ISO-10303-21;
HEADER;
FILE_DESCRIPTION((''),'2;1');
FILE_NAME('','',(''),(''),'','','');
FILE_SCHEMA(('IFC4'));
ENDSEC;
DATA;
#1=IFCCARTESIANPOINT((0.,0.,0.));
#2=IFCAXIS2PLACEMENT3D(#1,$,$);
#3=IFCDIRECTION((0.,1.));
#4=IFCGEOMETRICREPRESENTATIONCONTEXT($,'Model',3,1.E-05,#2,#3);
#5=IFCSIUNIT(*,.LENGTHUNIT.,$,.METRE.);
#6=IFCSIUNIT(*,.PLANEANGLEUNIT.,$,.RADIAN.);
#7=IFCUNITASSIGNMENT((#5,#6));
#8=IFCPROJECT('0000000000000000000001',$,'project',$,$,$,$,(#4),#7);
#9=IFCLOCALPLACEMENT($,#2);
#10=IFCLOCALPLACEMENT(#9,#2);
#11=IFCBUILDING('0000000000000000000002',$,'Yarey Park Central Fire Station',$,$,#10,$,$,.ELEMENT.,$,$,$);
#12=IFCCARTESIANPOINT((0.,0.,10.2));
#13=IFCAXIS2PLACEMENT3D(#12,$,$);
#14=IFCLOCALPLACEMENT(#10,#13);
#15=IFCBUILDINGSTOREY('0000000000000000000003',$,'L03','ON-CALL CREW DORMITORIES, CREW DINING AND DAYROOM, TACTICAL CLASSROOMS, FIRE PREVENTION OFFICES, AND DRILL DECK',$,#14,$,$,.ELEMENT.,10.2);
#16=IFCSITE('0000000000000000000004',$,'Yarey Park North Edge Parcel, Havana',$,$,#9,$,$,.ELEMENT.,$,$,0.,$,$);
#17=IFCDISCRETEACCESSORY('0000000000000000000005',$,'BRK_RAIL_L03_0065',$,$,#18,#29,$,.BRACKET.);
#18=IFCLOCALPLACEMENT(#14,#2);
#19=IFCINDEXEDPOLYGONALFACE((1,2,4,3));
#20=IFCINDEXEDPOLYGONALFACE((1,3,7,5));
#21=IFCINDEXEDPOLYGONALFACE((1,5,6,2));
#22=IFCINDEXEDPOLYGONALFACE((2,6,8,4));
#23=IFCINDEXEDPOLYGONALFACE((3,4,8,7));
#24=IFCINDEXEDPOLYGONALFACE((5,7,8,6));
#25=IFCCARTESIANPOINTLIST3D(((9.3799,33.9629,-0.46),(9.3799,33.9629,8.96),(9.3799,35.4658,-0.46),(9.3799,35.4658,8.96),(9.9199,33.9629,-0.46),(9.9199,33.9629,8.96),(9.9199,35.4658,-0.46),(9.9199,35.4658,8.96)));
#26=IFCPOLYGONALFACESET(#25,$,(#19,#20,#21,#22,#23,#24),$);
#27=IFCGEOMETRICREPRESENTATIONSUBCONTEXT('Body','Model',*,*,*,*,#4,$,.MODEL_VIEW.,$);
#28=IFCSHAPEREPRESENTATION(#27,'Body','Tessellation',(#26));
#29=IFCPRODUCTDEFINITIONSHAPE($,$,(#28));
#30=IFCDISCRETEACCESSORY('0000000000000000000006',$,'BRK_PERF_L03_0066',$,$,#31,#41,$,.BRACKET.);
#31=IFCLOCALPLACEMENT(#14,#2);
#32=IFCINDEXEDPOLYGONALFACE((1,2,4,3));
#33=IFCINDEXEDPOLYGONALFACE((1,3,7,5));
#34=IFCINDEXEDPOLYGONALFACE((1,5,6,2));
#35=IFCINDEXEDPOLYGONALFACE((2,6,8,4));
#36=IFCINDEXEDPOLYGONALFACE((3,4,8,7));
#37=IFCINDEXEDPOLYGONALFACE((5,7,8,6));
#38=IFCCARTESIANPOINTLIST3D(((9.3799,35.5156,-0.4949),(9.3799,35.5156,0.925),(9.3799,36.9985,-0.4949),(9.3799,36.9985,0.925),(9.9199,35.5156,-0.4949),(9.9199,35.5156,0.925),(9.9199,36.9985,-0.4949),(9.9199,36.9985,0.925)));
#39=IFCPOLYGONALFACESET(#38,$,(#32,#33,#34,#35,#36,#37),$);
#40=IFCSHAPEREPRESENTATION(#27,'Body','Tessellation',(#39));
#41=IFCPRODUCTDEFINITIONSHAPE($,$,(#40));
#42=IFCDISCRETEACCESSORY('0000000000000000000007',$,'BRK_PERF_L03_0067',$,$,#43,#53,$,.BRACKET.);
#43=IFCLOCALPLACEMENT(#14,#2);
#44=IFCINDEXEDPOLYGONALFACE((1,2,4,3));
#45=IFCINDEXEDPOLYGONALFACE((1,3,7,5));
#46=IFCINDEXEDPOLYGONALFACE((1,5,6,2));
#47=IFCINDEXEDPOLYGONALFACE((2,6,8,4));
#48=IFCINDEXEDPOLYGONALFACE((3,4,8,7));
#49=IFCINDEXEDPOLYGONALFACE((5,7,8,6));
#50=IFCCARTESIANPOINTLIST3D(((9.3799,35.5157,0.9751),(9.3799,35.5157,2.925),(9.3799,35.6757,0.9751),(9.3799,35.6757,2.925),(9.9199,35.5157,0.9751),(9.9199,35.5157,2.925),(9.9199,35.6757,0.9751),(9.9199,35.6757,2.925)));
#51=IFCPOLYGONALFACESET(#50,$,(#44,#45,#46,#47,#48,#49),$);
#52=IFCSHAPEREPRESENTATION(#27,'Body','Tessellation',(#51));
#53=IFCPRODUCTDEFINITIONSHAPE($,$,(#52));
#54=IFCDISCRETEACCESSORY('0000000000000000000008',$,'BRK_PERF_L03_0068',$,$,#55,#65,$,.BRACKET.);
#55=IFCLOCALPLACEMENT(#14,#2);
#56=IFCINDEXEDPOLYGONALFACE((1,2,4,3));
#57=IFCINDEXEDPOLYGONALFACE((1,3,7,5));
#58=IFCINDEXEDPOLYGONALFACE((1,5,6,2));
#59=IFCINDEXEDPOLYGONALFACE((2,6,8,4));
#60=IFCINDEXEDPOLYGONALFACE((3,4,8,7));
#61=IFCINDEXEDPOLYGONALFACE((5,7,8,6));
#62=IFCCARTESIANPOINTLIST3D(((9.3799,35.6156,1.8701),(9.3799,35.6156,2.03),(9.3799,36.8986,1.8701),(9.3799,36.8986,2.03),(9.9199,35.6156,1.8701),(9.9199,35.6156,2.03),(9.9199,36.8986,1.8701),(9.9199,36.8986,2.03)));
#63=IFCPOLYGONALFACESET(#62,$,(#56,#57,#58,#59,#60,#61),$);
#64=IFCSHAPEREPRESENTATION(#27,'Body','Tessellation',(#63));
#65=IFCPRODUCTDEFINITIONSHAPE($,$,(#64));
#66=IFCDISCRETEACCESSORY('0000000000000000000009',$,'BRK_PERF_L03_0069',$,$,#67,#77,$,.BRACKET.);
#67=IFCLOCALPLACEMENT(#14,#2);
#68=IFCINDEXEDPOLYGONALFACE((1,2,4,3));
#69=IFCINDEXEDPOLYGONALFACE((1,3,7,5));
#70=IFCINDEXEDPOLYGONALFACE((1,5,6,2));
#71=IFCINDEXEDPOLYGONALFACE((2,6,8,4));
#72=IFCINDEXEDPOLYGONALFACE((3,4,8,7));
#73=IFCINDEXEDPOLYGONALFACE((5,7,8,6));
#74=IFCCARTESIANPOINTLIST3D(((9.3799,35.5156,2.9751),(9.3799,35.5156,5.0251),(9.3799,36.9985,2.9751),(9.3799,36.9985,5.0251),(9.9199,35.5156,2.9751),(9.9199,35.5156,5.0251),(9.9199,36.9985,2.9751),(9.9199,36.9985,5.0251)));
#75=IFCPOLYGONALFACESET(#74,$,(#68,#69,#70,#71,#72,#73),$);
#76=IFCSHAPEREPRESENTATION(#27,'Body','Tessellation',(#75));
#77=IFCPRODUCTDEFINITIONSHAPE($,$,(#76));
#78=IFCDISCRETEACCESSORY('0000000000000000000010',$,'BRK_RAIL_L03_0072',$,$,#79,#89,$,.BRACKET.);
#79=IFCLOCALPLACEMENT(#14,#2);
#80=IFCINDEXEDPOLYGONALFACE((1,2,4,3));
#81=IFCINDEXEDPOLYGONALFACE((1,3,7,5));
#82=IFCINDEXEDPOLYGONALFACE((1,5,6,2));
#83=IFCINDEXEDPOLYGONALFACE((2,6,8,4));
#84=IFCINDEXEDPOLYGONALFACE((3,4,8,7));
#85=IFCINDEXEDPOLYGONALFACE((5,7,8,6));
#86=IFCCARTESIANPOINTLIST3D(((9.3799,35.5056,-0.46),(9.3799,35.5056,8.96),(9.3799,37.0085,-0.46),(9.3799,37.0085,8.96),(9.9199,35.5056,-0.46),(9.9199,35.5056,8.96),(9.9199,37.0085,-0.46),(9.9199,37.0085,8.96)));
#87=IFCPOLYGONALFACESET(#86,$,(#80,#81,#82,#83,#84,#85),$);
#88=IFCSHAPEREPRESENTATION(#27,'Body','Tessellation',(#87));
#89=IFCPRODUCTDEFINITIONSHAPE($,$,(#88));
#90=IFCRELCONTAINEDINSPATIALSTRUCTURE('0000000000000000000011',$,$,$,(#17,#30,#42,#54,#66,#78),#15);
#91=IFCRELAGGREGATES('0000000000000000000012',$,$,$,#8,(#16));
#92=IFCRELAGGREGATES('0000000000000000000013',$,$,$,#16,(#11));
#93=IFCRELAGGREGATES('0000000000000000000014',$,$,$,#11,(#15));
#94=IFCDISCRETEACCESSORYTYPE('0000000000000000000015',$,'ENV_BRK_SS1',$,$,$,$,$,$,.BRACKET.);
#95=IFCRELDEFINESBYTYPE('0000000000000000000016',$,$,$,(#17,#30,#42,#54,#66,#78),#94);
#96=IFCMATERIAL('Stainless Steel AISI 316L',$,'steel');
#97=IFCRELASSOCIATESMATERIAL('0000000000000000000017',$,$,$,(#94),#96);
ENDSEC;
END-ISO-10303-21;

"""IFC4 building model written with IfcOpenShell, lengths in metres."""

from ifc_helpers import new_model, si_unit, direction, frame, origin, origin_2d, place, context, subcontext, project, spatial, rectangle, extrude, material, type_object, element, save


model = new_model("IFC4")

# Units and contexts
model_context = context("Model", 3, precision=1e-05, world=origin(), true_north=direction((0.0, 1.0)))
body_context = subcontext(model_context, "Body", "Model", "MODEL_VIEW")
ifc_project = project(units=[si_unit("LENGTHUNIT", "METRE"), si_unit("PLANEANGLEUNIT", "RADIAN")], contexts=[model_context])

# Site, building, storey
site_placement = place(None, origin())
site = spatial("IfcSite", under=ifc_project, at=site_placement, Name="Yarey Park North Edge Parcel, Havana", CompositionType="ELEMENT", RefElevation=0.0)
building_placement = place(site_placement, origin())
building = spatial("IfcBuilding", under=site, at=building_placement, Name="Yarey Park Central Fire Station", CompositionType="ELEMENT")
storey_placement = place(building_placement, frame((0.0, 0.0, 10.2)))
storey = spatial("IfcBuildingStorey", under=building, at=storey_placement, Name="L03", Description="ON-CALL CREW DORMITORIES, CREW DINING AND DAYROOM, TACTICAL CLASSROOMS, FIRE PREVENTION OFFICES, AND DRILL DECK", CompositionType="ELEMENT", Elevation=10.2)

# Discrete accessories
ifc_material_1 = material(Name="Stainless Steel AISI 316L", Category="steel")
discrete_accessory_type = type_object("IfcDiscreteAccessoryType", Name="ENV_BRK_SS1", PredefinedType="BRACKET", material=ifc_material_1)
discrete_accessory_1_placement = place(storey_placement, frame((9.6499, 34.7144, -0.46), z_axis=(0.0, 0.0, 1.0), x_axis=(1.0, 0.0, 0.0)))
element("IfcDiscreteAccessory", 1, at=discrete_accessory_1_placement, inside=storey, type_object=discrete_accessory_type, Name="BRK_RAIL_L03_0065", PredefinedType="BRACKET", context=body_context, shape_type="SweptSolid", body=[
    extrude(rectangle(XDim=0.54, YDim=1.5029, at=origin_2d()), origin(), (0.0, 0.0, 1.0), 9.4199),
])
discrete_accessory_2_placement = place(storey_placement, frame((9.6499, 36.2571, -0.4949), z_axis=(0.0, 0.0, 1.0), x_axis=(1.0, 0.0, 0.0)))
element("IfcDiscreteAccessory", 2, at=discrete_accessory_2_placement, inside=storey, type_object=discrete_accessory_type, Name="BRK_PERF_L03_0066", PredefinedType="BRACKET", context=body_context, shape_type="SweptSolid", body=[
    extrude(rectangle(XDim=0.54, YDim=1.4829, at=origin_2d()), origin(), (0.0, 0.0, 1.0), 1.4199),
])
discrete_accessory_3_placement = place(storey_placement, frame((9.6499, 35.5957, 0.9751), z_axis=(0.0, 0.0, 1.0), x_axis=(1.0, 0.0, 0.0)))
element("IfcDiscreteAccessory", 3, at=discrete_accessory_3_placement, inside=storey, type_object=discrete_accessory_type, Name="BRK_PERF_L03_0067", PredefinedType="BRACKET", context=body_context, shape_type="SweptSolid", body=[
    extrude(rectangle(XDim=0.54, YDim=0.1599, at=origin_2d()), origin(), (0.0, 0.0, 1.0), 1.95),
])
discrete_accessory_4_placement = place(storey_placement, frame((9.6499, 36.2571, 1.8701), z_axis=(0.0, 0.0, 1.0), x_axis=(1.0, 0.0, 0.0)))
element("IfcDiscreteAccessory", 4, at=discrete_accessory_4_placement, inside=storey, type_object=discrete_accessory_type, Name="BRK_PERF_L03_0068", PredefinedType="BRACKET", context=body_context, shape_type="SweptSolid", body=[
    extrude(rectangle(XDim=0.54, YDim=1.283, at=origin_2d()), origin(), (0.0, 0.0, 1.0), 0.1599),
])
discrete_accessory_5_placement = place(storey_placement, frame((9.6499, 36.2571, 2.9751), z_axis=(0.0, 0.0, 1.0), x_axis=(1.0, 0.0, 0.0)))
element("IfcDiscreteAccessory", 5, at=discrete_accessory_5_placement, inside=storey, type_object=discrete_accessory_type, Name="BRK_PERF_L03_0069", PredefinedType="BRACKET", context=body_context, shape_type="SweptSolid", body=[
    extrude(rectangle(XDim=0.54, YDim=1.4829, at=origin_2d()), origin(), (0.0, 0.0, 1.0), 2.05),
])
discrete_accessory_6_placement = place(storey_placement, frame((9.6499, 36.2571, -0.46), z_axis=(0.0, 0.0, 1.0), x_axis=(1.0, 0.0, 0.0)))
element("IfcDiscreteAccessory", 6, at=discrete_accessory_6_placement, inside=storey, type_object=discrete_accessory_type, Name="BRK_RAIL_L03_0072", PredefinedType="BRACKET", context=body_context, shape_type="SweptSolid", body=[
    extrude(rectangle(XDim=0.54, YDim=1.5029, at=origin_2d()), origin(), (0.0, 0.0, 1.0), 9.4199),
])

save(model, "model.ifc")
